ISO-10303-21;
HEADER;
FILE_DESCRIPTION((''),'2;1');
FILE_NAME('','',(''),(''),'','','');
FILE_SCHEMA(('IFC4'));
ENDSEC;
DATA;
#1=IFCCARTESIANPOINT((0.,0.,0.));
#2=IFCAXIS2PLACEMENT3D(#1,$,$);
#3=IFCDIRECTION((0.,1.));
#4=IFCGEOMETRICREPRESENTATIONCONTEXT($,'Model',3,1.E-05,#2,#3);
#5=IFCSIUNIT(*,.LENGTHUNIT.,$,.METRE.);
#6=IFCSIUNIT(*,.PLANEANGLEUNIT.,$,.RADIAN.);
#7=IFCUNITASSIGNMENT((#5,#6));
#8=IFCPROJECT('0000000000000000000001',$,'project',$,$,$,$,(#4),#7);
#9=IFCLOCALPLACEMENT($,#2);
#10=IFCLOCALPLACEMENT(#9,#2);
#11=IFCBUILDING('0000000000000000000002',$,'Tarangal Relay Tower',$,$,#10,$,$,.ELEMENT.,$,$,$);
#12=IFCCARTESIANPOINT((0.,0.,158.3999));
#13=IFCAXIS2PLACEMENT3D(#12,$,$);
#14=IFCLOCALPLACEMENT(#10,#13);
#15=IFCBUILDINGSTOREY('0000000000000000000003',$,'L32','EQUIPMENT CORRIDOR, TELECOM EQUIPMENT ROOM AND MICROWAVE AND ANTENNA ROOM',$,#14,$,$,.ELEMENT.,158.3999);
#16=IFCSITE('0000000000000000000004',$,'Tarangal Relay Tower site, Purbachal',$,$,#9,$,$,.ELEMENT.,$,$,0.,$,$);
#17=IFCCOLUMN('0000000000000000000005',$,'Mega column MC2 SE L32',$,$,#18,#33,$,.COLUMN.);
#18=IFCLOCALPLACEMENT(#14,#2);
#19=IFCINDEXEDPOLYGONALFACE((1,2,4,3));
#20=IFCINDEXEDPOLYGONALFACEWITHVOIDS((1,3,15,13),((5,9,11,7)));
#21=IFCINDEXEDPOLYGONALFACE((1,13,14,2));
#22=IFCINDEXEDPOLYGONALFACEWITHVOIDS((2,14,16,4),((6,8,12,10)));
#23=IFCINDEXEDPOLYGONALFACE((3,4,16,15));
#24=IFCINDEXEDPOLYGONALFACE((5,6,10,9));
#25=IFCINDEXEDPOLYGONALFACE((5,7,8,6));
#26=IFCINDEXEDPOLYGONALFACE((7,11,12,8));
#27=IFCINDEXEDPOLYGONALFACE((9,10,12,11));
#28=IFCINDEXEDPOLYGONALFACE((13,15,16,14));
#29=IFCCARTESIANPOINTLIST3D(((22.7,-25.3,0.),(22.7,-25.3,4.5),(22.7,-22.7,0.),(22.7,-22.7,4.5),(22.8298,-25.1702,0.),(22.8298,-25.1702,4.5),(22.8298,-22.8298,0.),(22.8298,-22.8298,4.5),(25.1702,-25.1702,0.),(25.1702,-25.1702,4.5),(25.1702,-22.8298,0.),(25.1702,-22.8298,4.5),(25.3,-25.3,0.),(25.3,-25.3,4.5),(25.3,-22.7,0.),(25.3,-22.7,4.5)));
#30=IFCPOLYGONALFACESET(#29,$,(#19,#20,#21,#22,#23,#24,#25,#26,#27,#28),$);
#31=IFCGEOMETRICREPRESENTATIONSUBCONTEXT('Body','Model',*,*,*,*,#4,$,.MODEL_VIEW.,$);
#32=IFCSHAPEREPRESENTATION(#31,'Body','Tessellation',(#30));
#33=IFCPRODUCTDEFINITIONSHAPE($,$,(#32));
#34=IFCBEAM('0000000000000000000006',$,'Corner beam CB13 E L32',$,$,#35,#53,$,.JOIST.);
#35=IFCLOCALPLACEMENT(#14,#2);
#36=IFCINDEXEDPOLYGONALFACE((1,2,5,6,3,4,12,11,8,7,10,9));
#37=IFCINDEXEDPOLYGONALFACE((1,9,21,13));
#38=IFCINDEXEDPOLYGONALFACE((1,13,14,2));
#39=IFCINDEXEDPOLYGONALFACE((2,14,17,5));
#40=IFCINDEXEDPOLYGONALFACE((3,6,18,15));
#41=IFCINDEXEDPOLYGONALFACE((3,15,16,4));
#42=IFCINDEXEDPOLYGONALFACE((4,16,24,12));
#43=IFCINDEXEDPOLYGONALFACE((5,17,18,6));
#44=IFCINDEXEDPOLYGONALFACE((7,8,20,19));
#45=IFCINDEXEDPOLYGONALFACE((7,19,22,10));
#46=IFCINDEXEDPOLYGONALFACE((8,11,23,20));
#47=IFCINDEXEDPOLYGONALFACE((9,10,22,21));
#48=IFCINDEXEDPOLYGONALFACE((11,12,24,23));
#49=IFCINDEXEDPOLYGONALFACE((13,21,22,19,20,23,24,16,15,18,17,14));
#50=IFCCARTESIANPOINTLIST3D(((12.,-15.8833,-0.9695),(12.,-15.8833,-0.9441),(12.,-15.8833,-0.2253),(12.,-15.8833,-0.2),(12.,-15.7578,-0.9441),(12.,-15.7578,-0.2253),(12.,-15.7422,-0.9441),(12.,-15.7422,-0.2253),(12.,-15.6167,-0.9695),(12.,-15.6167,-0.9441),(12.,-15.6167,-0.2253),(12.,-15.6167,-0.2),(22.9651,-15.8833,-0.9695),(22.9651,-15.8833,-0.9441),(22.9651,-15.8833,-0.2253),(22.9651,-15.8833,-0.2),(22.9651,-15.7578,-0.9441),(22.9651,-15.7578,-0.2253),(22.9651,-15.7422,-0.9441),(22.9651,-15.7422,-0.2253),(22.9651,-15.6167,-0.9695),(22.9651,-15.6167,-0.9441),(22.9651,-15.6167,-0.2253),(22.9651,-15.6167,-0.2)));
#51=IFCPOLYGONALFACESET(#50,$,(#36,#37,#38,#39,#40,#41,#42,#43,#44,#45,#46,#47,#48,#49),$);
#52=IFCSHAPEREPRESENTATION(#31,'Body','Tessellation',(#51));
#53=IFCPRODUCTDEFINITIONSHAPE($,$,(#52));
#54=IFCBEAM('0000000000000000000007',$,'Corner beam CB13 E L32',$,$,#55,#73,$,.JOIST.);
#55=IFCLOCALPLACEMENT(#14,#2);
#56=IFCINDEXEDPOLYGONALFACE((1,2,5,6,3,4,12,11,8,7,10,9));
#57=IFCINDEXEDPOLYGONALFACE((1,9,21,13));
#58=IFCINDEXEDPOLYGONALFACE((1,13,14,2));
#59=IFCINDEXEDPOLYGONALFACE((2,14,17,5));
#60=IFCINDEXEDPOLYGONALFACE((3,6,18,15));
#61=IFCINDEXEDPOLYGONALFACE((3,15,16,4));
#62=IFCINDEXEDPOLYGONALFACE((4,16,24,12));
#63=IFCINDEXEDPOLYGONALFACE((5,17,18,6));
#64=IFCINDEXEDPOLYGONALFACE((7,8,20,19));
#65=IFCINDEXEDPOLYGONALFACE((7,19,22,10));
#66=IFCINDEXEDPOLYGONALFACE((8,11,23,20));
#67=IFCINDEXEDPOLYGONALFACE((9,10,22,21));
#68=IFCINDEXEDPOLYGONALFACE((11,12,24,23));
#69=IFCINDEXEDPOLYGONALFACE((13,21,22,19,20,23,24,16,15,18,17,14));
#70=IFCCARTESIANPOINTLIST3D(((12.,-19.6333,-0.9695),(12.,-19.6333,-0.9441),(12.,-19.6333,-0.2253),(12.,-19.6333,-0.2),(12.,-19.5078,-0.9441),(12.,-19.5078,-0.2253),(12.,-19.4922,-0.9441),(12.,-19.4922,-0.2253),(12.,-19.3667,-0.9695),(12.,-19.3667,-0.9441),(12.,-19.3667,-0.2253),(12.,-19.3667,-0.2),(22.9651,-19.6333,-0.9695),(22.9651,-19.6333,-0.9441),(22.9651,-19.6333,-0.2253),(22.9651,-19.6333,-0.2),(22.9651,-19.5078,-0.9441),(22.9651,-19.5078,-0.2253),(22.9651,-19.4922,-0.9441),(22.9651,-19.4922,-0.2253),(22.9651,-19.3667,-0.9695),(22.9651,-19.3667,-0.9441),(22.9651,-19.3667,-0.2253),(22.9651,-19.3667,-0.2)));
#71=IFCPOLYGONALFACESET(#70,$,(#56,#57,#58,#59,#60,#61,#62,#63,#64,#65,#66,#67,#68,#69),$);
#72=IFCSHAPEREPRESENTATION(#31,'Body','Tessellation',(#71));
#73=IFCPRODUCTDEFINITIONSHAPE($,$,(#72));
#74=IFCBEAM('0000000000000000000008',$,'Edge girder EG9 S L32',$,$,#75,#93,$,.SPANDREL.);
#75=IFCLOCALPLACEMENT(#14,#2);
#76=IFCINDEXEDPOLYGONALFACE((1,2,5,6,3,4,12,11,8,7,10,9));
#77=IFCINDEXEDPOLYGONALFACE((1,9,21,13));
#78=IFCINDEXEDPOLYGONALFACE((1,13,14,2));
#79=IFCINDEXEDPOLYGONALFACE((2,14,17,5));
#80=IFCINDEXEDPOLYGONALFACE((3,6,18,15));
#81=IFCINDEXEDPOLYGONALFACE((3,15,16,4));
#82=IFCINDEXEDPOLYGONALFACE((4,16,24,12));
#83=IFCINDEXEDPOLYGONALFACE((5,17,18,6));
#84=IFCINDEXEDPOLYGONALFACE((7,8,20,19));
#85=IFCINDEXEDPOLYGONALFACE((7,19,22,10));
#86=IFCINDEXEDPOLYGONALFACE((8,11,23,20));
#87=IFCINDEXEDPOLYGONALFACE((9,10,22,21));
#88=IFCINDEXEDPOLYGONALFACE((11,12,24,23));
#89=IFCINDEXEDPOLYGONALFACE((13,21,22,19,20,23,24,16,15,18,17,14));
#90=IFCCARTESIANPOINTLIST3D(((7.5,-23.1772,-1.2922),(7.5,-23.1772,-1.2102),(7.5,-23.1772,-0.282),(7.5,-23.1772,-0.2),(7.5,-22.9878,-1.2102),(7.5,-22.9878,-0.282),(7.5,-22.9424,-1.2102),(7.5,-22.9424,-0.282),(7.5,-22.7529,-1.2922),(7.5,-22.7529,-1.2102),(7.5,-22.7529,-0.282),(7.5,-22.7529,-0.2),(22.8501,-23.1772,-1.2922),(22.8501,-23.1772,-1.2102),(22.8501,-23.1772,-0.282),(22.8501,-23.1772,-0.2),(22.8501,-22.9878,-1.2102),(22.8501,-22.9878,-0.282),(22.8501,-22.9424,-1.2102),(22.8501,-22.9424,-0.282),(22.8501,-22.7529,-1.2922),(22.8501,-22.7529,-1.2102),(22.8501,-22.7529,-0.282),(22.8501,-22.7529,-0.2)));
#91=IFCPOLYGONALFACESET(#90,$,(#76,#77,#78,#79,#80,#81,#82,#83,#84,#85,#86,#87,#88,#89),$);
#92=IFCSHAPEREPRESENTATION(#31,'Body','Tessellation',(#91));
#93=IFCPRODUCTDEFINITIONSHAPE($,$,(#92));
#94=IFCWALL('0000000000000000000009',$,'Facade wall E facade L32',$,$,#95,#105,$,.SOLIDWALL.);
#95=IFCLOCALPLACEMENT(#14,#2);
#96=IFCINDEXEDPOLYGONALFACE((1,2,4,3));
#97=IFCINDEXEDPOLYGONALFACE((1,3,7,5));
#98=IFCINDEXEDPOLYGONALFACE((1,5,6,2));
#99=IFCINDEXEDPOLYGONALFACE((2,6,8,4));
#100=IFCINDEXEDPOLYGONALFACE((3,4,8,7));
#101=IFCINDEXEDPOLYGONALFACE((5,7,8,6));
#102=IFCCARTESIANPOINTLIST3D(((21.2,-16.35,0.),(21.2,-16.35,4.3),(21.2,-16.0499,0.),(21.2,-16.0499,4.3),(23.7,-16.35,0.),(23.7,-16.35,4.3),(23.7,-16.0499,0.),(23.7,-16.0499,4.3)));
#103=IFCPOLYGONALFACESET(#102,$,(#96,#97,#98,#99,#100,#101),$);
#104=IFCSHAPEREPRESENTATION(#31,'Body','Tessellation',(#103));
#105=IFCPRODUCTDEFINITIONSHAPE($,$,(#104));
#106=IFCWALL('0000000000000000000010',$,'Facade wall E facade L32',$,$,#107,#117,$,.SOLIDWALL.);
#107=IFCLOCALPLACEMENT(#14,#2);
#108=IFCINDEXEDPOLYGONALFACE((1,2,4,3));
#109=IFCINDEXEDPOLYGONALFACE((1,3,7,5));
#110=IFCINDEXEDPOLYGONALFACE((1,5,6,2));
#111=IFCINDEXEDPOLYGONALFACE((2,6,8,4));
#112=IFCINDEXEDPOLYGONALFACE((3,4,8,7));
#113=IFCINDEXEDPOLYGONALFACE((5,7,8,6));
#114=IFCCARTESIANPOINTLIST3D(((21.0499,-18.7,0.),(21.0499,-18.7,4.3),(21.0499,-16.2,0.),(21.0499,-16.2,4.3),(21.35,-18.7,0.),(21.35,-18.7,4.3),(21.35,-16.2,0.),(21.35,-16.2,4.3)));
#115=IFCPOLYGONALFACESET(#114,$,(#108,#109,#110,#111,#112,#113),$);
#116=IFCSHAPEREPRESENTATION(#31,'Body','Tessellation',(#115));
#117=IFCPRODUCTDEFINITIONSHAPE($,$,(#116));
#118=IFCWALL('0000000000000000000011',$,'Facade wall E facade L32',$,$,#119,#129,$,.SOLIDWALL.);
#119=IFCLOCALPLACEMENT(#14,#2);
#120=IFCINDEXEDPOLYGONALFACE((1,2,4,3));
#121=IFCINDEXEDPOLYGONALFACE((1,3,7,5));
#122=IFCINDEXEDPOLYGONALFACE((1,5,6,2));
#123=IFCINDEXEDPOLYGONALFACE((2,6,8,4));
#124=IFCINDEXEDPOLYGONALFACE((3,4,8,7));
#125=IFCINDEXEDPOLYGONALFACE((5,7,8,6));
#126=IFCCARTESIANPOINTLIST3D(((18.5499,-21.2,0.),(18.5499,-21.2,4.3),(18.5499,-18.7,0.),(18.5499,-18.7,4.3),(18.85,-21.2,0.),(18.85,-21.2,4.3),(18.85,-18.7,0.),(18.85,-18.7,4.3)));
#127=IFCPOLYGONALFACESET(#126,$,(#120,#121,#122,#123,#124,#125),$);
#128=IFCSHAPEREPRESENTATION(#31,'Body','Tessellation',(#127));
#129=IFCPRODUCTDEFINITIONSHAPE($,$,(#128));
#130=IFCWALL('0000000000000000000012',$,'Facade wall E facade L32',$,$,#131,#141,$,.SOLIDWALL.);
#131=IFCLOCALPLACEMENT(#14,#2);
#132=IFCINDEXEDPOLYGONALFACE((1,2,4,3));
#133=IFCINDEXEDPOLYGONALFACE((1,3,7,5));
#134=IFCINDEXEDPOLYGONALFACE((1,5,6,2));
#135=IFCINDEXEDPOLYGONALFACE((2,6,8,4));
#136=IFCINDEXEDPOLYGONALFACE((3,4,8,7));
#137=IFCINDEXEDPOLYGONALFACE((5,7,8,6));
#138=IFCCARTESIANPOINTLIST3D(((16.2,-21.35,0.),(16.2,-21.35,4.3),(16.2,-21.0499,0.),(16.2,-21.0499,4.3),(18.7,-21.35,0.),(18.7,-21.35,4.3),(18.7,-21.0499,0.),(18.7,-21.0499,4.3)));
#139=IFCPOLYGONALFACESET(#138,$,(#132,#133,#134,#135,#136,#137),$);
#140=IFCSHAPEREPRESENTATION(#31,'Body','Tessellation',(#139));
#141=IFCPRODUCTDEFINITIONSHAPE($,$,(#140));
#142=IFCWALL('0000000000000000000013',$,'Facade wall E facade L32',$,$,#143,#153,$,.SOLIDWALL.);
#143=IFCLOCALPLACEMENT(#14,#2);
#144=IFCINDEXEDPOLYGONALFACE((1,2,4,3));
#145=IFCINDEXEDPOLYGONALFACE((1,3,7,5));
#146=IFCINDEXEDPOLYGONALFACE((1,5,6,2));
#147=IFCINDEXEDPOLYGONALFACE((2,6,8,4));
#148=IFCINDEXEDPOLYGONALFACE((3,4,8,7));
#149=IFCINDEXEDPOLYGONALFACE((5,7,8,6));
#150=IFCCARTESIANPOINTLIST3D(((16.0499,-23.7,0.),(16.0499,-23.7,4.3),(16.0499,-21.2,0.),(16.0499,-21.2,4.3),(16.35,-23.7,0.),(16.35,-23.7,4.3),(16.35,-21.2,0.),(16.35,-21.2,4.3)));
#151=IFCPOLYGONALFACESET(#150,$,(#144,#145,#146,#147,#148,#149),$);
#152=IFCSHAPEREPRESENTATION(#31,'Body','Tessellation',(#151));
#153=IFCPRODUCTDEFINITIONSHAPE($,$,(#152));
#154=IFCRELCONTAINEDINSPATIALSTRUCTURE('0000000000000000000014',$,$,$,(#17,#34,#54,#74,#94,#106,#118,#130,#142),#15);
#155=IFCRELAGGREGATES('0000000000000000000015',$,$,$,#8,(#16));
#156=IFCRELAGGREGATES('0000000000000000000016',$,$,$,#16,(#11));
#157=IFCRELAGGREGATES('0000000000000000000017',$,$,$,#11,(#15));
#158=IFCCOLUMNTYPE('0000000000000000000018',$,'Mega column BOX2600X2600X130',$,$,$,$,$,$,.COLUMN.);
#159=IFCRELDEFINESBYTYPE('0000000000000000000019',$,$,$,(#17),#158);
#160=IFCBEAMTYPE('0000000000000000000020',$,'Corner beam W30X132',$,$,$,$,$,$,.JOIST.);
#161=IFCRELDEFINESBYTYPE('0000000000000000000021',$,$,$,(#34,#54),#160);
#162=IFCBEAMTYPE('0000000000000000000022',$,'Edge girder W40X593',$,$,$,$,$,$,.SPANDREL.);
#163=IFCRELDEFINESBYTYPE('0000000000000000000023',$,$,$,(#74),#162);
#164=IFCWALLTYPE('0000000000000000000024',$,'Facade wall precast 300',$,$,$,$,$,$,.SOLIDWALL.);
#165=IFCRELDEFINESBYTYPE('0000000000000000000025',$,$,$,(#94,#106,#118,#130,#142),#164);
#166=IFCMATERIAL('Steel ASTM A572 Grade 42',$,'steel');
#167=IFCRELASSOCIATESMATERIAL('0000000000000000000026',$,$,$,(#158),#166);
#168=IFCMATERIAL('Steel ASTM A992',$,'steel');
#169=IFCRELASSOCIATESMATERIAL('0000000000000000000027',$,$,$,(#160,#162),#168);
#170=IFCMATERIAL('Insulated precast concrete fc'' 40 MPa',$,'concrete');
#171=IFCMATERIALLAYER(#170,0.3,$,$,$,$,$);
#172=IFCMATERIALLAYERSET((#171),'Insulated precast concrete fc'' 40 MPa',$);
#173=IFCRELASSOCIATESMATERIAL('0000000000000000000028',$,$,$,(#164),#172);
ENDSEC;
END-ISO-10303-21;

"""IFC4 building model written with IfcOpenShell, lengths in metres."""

from ifc_helpers import new_model, si_unit, direction, frame, frame_2d, origin, origin_2d, place, context, subcontext, project, spatial, rectangle, hollow_rectangle, i_section, extrude, material, layer, layer_set, material_profile, profile_set, type_object, element, save


model = new_model("IFC4")

# Units and contexts
model_context = context("Model", 3, precision=1e-05, world=origin(), true_north=direction((0.0, 1.0)))
body_context = subcontext(model_context, "Body", "Model", "MODEL_VIEW")
ifc_project = project(units=[si_unit("LENGTHUNIT", "METRE"), si_unit("PLANEANGLEUNIT", "RADIAN")], contexts=[model_context])

# Site, building, storey
site_placement = place(None, origin())
site = spatial("IfcSite", under=ifc_project, at=site_placement, Name="Tarangal Relay Tower site, Purbachal", CompositionType="ELEMENT", RefElevation=0.0)
building_placement = place(site_placement, origin())
building = spatial("IfcBuilding", under=site, at=building_placement, Name="Tarangal Relay Tower", CompositionType="ELEMENT")
storey_placement = place(building_placement, frame((0.0, 0.0, 158.3999)))
storey = spatial("IfcBuildingStorey", under=building, at=storey_placement, Name="L32", Description="EQUIPMENT CORRIDOR, TELECOM EQUIPMENT ROOM AND MICROWAVE AND ANTENNA ROOM", CompositionType="ELEMENT", Elevation=158.3999)

# Column
ifc_material_1 = material(Name="Steel ASTM A572 Grade 42", Category="steel")
ifc_material_profile_1 = material_profile(ifc_material_1, hollow_rectangle(XDim=2.6001, YDim=2.6001, WallThickness=0.1299, at=origin_2d()), Name="BOX2600X2600X130")
ifc_profile_set_1 = profile_set([ifc_material_profile_1], Name="Steel ASTM A572 Grade 42")
column_type = type_object("IfcColumnType", Name="Mega column BOX2600X2600X130", PredefinedType="COLUMN", material=ifc_profile_set_1)
column_placement = place(storey_placement, frame((24.0, -24.0, 0.0), z_axis=(0.0, 0.0, 1.0), x_axis=(1.0, 0.0, 0.0)))
element("IfcColumn", 1, at=column_placement, inside=storey, type_object=column_type, Name="Mega column MC2 SE L32", PredefinedType="COLUMN", context=body_context, shape_type="SweptSolid", body=[
    extrude(hollow_rectangle(XDim=2.6001, YDim=2.6001, WallThickness=0.1299, at=origin_2d()), origin(), (0.0, 0.0, 1.0), 4.5),
])

# Beams
ifc_material_2 = material(Name="Steel ASTM A992", Category="steel")
ifc_material_profile_2 = material_profile(ifc_material_2, i_section(OverallWidth=0.2666, OverallDepth=0.7695, WebThickness=0.0156, FlangeThickness=0.0254, at=origin_2d()), Name="W30X132")
ifc_profile_set_2 = profile_set([ifc_material_profile_2], Name="Steel ASTM A992")
beam_type_1 = type_object("IfcBeamType", Name="Corner beam W30X132", PredefinedType="JOIST", material=ifc_profile_set_2)
for number, where, z_axis, x_axis, name in (
    (2, (12.0, -15.75, -0.5847), (1.0, 0.0, 0.0), (0.0, 1.0, 0.0), "Corner beam CB13 E L32"),
    (3, (12.0, -19.5, -0.5847), (1.0, 0.0, 0.0), (0.0, 1.0, 0.0), "Corner beam CB13 E L32"),
):
    element("IfcBeam", number, at=place(storey_placement, frame(where, z_axis=z_axis, x_axis=x_axis)), inside=storey, type_object=beam_type_1, Name=name, PredefinedType="JOIST", context=body_context, shape_type="SweptSolid", body=[
        extrude(i_section(OverallWidth=0.2666, OverallDepth=0.7695, WebThickness=0.0156, FlangeThickness=0.0254, at=origin_2d()), origin(), (0.0, 0.0, 1.0), 10.9651),
    ])
ifc_material_profile_3 = material_profile(ifc_material_2, i_section(OverallWidth=0.4243, OverallDepth=1.0923, WebThickness=0.0454, FlangeThickness=0.082, at=origin_2d()), Name="W40X593")
ifc_profile_set_3 = profile_set([ifc_material_profile_3], Name="Steel ASTM A992")
beam_type_2 = type_object("IfcBeamType", Name="Edge girder W40X593", PredefinedType="SPANDREL", material=ifc_profile_set_3)
beam_placement = place(storey_placement, frame((22.8501, -22.9651, -0.7461), z_axis=(-1.0, 0.0, 0.0), x_axis=(0.0, -1.0, 0.0)))
element("IfcBeam", 4, at=beam_placement, inside=storey, type_object=beam_type_2, Name="Edge girder EG9 S L32", PredefinedType="SPANDREL", context=body_context, shape_type="SweptSolid", body=[
    extrude(i_section(OverallWidth=0.4243, OverallDepth=1.0923, WebThickness=0.0454, FlangeThickness=0.082, at=origin_2d()), origin(), (0.0, 0.0, 1.0), 15.3501),
])

# Walls
ifc_material_3 = material(Name="Insulated precast concrete fc' 40 MPa", Category="concrete")
ifc_layer_1 = layer(ifc_material_3, 0.3)
ifc_layer_set_1 = layer_set([ifc_layer_1], Name="Insulated precast concrete fc' 40 MPa")
wall_type_1 = type_object("IfcWallType", Name="Facade wall precast 300", PredefinedType="SOLIDWALL", material=ifc_layer_set_1)
for number, where, z_axis, x_axis, name in (
    (5, (23.7, -16.2, 0.0), (0.0, 0.0, 1.0), (-1.0, 0.0, 0.0), "Facade wall E facade L32"),
    (6, (21.2, -16.2, 0.0), (0.0, 0.0, 1.0), (0.0, -1.0, 0.0), "Facade wall E facade L32"),
):
    element("IfcWall", number, at=place(storey_placement, frame(where, z_axis=z_axis, x_axis=x_axis)), inside=storey, type_object=wall_type_1, Name=name, PredefinedType="SOLIDWALL", context=body_context, shape_type="SweptSolid", body=[
        extrude(rectangle(XDim=2.5, YDim=0.3, at=frame_2d((1.25, 0.0))), origin(), (0.0, 0.0, 1.0), 4.3),
    ])

# Walls
for number, where, z_axis, x_axis, name in (
    (7, (18.7, -18.7, 0.0), (0.0, 0.0, 1.0), (0.0, -1.0, 0.0), "Facade wall E facade L32"),
    (8, (18.7, -21.2, 0.0), (0.0, 0.0, 1.0), (-1.0, 0.0, 0.0), "Facade wall E facade L32"),
    (9, (16.2, -21.2, 0.0), (0.0, 0.0, 1.0), (0.0, -1.0, 0.0), "Facade wall E facade L32"),
):
    element("IfcWall", number, at=place(storey_placement, frame(where, z_axis=z_axis, x_axis=x_axis)), inside=storey, type_object=wall_type_1, Name=name, PredefinedType="SOLIDWALL", context=body_context, shape_type="SweptSolid", body=[
        extrude(rectangle(XDim=2.5, YDim=0.3, at=frame_2d((1.25, 0.0))), origin(), (0.0, 0.0, 1.0), 4.3),
    ])

save(model, "model.ifc")
